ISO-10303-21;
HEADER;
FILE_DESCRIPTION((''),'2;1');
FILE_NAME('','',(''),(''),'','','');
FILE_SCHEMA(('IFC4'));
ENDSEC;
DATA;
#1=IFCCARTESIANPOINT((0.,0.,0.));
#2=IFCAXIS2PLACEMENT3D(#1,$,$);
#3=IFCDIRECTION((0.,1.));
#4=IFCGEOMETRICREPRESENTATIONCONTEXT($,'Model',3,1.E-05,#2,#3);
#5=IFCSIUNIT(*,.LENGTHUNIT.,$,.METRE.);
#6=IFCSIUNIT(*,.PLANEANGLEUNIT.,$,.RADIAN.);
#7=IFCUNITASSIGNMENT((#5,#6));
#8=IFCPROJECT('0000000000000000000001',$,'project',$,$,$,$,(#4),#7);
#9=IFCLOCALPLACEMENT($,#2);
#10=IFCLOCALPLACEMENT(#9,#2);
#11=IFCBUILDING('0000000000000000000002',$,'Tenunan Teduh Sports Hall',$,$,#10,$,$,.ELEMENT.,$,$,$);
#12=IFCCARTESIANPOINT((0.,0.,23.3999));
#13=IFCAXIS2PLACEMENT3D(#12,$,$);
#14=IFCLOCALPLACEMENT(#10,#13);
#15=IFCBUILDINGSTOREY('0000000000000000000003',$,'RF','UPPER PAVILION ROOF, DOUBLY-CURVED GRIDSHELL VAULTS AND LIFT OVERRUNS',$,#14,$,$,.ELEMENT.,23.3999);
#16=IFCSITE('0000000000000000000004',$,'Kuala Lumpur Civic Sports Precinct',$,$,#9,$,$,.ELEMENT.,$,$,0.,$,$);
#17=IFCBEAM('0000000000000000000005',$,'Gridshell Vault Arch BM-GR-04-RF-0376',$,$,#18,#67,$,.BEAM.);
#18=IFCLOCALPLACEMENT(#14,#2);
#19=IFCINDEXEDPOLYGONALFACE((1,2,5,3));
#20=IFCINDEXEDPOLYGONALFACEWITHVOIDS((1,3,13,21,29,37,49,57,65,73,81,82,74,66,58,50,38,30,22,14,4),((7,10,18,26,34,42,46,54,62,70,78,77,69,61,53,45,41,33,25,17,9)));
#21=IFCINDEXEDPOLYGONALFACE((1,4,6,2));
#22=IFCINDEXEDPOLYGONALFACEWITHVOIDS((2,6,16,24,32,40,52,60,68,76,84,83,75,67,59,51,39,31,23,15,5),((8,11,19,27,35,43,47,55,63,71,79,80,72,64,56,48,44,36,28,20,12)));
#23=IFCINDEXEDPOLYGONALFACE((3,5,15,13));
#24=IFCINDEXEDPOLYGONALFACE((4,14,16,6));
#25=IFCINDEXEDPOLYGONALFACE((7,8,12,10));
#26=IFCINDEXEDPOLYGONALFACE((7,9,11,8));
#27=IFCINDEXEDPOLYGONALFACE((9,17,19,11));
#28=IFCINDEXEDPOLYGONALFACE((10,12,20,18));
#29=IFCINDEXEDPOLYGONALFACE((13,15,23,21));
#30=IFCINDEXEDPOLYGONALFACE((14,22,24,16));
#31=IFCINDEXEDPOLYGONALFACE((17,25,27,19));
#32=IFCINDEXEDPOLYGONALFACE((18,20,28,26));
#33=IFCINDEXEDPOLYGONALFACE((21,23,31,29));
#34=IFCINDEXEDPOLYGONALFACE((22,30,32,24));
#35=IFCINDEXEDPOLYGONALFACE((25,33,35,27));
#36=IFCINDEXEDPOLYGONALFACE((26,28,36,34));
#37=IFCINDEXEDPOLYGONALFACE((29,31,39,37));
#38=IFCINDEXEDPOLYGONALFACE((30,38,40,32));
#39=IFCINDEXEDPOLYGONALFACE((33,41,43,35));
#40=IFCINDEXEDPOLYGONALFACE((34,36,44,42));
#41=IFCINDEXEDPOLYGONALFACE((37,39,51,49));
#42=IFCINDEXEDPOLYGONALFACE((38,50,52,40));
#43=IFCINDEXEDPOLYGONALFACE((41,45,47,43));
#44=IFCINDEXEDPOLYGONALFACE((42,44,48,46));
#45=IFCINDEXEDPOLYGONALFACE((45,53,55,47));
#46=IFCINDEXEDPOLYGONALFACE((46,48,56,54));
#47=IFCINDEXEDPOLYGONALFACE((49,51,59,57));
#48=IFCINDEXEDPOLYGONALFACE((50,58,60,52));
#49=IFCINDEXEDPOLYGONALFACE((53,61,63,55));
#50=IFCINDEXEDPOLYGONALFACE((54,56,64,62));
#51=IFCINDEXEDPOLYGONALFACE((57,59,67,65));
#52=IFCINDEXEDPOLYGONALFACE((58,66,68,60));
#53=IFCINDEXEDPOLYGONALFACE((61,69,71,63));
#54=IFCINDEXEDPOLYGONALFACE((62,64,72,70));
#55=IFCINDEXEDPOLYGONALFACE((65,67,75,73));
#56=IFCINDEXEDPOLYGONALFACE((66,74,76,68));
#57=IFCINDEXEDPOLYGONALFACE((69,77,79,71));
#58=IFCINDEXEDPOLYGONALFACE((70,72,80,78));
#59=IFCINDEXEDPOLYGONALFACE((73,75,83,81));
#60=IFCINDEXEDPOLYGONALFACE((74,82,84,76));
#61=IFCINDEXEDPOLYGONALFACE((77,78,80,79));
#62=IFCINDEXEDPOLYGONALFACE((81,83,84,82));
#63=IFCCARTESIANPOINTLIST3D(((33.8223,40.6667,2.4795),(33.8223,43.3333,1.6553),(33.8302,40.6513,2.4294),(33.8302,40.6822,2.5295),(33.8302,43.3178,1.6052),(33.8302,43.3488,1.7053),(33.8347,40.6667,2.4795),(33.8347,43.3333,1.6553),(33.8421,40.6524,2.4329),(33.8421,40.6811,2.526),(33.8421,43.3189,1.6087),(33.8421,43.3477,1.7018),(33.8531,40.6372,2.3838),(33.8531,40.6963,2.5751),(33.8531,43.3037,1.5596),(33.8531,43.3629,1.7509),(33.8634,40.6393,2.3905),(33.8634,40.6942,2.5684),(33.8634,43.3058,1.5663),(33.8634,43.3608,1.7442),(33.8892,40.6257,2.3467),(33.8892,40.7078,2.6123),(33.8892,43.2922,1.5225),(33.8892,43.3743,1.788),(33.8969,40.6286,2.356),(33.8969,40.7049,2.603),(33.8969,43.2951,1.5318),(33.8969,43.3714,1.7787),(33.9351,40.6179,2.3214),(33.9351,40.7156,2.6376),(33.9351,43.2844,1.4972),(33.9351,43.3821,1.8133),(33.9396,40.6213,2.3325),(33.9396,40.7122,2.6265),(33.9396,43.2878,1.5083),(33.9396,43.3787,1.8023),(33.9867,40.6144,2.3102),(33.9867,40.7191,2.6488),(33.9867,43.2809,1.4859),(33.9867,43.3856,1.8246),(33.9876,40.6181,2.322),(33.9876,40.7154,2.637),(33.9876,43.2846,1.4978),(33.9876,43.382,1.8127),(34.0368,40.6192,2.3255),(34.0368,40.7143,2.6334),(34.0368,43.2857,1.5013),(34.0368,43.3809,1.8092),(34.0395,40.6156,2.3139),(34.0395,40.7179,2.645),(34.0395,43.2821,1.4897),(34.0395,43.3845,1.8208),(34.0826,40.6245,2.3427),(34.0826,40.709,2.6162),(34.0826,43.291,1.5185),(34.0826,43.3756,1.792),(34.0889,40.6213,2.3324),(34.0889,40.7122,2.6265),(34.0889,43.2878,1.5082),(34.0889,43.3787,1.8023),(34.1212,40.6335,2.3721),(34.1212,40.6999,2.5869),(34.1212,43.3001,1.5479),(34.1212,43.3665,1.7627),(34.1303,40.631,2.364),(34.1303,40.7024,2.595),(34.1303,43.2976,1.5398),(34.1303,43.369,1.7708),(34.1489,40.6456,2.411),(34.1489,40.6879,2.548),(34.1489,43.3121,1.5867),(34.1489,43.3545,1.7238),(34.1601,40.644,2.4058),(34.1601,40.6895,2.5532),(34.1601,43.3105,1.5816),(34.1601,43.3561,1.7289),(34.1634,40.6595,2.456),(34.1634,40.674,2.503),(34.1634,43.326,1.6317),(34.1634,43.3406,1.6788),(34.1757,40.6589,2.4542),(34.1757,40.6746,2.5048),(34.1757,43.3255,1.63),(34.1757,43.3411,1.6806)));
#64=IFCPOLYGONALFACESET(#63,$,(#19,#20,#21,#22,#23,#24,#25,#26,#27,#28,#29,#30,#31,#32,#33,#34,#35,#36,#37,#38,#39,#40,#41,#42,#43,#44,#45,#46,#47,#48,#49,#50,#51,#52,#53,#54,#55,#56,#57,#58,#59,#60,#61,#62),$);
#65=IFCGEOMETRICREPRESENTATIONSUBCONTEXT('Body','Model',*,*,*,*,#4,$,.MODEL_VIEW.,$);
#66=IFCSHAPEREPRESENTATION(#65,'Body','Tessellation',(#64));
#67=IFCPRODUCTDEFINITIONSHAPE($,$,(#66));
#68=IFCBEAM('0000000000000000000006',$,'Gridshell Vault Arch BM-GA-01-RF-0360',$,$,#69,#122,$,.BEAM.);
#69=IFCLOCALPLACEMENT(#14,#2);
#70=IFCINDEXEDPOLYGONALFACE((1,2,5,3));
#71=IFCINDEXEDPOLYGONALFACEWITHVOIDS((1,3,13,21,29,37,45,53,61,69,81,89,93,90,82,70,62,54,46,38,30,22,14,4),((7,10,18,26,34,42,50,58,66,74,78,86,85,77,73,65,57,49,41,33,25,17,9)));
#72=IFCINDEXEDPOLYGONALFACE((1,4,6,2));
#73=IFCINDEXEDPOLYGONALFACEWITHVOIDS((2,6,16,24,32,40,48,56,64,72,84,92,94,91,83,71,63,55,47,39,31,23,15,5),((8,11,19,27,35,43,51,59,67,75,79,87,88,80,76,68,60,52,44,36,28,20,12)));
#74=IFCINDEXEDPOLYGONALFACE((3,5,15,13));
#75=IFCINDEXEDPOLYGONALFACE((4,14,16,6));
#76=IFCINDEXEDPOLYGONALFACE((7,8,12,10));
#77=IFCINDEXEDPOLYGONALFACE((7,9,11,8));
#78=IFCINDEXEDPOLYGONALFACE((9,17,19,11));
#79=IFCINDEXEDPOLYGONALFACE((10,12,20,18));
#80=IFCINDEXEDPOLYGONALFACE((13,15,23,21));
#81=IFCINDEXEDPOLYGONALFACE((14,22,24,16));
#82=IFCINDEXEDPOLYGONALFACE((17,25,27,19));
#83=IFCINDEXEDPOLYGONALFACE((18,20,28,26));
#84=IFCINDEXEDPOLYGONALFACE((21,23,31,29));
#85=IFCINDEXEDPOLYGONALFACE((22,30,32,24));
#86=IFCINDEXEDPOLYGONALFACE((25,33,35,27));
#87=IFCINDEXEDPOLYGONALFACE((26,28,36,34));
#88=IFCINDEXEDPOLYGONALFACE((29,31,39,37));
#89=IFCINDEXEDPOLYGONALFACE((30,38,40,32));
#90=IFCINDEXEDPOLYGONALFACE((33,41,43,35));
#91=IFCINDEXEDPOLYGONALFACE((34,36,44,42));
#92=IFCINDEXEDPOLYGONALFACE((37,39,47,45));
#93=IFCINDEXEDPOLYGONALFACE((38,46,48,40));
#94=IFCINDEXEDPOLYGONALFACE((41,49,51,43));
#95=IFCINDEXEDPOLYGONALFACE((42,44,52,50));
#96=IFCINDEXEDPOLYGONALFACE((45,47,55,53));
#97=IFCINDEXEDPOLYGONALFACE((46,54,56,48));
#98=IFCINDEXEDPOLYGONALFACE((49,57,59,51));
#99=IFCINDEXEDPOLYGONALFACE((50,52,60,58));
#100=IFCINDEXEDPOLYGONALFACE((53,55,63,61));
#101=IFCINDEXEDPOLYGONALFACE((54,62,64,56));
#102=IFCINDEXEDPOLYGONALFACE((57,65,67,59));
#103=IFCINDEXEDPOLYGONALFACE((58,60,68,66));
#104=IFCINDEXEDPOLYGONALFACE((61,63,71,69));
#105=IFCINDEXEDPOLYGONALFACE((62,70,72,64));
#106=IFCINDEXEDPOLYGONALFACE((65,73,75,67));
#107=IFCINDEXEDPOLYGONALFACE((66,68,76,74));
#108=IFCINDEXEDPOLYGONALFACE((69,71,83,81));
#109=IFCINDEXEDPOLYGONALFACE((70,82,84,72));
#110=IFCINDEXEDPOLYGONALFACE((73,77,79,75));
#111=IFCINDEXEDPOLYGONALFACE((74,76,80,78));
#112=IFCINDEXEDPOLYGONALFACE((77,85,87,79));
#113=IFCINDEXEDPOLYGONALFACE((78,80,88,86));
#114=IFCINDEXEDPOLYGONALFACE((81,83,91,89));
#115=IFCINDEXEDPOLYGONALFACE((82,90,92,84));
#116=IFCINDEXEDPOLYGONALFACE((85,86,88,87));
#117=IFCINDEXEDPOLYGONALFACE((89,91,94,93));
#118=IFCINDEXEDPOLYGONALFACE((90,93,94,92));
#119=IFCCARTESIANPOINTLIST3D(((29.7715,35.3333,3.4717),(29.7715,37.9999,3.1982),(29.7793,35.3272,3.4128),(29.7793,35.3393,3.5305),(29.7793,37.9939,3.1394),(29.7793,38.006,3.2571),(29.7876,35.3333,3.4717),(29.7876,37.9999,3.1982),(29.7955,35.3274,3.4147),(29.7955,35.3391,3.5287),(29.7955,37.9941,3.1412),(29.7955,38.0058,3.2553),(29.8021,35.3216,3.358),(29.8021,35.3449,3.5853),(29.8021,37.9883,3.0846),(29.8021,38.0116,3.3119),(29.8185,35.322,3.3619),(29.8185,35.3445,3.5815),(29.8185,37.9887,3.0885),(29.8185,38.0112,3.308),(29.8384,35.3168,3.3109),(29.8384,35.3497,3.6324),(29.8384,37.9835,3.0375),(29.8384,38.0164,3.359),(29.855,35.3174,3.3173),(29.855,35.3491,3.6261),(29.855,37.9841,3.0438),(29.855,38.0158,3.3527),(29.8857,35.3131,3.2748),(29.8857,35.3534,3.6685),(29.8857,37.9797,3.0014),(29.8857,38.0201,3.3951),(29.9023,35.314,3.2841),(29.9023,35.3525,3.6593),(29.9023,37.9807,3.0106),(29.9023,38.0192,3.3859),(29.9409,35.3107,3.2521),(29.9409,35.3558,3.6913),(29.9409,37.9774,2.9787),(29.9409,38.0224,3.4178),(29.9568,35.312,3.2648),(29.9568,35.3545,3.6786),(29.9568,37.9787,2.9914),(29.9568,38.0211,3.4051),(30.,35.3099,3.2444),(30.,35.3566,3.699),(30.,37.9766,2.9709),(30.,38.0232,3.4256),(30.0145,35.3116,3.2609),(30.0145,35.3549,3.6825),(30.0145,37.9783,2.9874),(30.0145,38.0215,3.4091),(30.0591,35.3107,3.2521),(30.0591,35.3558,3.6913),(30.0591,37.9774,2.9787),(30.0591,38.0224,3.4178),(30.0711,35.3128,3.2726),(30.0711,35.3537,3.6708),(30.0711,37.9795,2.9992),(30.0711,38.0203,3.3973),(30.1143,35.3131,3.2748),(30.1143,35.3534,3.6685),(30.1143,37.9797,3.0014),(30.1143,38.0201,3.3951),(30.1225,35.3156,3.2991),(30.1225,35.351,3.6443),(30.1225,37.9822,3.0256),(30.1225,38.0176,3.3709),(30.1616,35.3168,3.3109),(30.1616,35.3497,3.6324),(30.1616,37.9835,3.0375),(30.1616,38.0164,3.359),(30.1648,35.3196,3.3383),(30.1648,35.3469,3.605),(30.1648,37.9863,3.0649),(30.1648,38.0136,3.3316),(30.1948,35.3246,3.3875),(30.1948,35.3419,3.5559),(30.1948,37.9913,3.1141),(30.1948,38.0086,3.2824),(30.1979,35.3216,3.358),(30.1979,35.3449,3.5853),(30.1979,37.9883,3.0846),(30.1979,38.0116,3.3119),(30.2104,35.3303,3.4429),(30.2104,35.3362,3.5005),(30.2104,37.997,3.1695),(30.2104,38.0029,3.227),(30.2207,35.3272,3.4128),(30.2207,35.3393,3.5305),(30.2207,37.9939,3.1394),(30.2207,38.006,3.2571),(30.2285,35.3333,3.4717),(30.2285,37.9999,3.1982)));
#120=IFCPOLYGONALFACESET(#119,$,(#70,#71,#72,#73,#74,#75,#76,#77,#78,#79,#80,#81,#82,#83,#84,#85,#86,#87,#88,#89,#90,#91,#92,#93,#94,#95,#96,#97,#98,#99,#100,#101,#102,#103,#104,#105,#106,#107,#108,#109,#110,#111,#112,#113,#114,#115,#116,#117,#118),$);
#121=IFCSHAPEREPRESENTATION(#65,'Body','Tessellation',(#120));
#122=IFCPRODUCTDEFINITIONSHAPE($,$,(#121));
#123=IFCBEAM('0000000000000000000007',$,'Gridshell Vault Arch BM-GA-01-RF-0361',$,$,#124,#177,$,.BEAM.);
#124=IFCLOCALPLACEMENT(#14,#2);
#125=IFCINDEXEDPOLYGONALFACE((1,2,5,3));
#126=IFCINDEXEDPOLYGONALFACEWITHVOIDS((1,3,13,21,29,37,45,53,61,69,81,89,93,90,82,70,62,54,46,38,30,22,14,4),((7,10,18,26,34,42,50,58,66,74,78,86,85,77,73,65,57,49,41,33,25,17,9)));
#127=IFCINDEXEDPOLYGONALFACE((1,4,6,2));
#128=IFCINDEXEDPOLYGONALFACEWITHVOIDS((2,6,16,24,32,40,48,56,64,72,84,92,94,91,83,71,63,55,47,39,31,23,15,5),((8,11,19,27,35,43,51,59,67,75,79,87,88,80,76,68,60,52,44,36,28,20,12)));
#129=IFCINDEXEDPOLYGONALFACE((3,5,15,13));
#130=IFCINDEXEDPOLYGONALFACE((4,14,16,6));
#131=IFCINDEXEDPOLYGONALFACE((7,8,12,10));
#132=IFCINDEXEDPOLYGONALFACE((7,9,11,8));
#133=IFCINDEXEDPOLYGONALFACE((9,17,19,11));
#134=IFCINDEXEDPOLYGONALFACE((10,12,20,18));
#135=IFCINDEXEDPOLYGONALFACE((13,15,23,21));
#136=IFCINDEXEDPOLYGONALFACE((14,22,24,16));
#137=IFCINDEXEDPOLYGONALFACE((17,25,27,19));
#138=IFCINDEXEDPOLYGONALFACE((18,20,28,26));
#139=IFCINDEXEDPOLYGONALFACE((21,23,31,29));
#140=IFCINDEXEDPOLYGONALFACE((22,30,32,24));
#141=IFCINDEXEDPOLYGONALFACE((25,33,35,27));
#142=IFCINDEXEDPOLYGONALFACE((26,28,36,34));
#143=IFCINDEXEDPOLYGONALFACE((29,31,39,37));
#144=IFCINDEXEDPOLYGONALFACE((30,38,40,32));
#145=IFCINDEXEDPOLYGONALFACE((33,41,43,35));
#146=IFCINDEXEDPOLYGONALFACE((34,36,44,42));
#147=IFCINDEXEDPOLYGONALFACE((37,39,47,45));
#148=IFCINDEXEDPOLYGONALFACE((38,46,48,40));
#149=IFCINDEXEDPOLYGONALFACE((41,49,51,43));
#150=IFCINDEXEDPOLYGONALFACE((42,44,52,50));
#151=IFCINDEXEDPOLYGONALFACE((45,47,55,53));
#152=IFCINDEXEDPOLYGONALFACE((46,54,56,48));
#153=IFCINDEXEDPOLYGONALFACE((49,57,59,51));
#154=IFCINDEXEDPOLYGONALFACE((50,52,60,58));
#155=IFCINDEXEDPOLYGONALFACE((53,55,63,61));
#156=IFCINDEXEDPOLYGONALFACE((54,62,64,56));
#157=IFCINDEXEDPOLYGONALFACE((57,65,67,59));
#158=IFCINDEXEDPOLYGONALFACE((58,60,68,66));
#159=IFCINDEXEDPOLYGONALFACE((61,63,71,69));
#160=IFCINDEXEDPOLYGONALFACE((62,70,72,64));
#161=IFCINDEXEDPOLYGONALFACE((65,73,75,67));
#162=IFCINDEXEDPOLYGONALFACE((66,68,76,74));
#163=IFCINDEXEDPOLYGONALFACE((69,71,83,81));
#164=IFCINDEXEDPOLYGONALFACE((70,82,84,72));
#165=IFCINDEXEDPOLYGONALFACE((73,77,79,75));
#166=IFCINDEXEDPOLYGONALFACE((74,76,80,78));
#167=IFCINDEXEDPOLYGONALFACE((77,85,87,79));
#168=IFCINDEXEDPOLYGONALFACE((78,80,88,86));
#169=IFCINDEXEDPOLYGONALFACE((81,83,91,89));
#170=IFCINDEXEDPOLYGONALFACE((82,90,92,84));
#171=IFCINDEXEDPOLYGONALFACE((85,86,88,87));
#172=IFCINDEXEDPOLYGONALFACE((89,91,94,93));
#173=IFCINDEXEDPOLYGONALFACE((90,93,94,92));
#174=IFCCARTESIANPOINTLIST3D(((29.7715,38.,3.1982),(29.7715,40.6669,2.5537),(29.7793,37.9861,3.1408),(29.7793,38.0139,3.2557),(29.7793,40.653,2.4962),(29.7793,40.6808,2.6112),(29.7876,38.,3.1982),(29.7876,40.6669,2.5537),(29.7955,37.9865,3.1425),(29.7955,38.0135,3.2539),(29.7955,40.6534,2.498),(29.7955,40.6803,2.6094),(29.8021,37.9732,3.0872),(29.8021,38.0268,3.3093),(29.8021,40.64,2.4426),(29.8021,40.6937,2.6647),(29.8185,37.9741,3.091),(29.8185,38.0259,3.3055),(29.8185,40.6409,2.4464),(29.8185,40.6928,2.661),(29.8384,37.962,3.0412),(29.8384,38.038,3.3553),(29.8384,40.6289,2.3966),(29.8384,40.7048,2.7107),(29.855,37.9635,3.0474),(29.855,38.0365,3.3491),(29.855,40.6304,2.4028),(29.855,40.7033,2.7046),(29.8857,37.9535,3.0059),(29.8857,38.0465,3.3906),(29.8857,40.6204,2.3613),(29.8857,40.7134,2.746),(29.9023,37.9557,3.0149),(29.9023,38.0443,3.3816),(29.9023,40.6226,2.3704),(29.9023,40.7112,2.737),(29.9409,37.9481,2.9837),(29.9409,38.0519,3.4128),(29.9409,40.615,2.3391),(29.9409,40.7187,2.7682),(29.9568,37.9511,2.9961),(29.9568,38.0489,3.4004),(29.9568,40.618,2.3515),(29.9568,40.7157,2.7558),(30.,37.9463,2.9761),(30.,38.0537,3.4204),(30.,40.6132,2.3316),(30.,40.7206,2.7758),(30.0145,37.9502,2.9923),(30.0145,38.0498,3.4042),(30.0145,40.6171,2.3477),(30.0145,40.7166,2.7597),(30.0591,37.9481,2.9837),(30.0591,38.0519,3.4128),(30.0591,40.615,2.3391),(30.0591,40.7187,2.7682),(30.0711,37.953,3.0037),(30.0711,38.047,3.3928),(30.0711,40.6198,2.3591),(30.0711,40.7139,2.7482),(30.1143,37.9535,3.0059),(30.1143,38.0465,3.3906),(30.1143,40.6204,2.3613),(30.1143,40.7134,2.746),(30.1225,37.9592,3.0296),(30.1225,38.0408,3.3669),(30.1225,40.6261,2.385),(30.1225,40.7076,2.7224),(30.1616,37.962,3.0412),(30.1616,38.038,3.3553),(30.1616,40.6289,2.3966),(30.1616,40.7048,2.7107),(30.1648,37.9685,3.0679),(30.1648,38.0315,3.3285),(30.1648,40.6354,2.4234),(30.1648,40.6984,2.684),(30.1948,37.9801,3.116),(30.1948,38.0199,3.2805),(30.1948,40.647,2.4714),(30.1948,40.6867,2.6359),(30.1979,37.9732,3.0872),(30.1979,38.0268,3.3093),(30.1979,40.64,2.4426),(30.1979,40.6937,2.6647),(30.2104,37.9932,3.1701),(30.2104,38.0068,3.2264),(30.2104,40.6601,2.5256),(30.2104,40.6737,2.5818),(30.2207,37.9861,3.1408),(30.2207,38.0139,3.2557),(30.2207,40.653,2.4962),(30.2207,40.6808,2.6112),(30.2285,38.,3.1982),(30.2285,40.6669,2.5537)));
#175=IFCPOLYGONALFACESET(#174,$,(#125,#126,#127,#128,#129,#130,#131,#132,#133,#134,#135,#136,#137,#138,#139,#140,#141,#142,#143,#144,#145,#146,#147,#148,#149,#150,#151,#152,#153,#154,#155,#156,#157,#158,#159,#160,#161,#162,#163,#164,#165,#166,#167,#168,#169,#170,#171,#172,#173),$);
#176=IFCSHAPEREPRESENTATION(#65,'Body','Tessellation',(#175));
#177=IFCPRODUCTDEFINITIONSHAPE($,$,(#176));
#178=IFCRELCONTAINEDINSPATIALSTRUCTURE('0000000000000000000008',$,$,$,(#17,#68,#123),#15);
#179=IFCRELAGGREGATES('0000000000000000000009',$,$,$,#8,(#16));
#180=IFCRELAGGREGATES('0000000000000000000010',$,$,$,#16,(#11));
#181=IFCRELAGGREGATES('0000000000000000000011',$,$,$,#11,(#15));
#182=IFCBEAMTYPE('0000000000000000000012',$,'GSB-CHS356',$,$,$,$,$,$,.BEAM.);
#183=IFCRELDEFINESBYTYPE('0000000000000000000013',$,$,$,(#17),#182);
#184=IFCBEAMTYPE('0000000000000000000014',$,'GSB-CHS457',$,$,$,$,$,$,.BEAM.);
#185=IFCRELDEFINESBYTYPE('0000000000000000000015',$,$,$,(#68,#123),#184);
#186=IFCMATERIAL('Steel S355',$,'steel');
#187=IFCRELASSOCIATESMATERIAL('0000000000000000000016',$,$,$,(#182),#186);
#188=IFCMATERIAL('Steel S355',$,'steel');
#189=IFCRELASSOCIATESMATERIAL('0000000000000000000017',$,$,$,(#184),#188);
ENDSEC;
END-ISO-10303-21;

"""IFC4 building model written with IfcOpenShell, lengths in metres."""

from ifc_helpers import new_model, si_unit, direction, frame, origin, origin_2d, place, context, subcontext, project, spatial, hollow_circle, extrude, material, material_profile, profile_set, type_object, element, save


model = new_model("IFC4")

# Units and contexts
model_context = context("Model", 3, precision=1e-05, world=origin(), true_north=direction((0.0, 1.0)))
body_context = subcontext(model_context, "Body", "Model", "MODEL_VIEW")
ifc_project = project(units=[si_unit("LENGTHUNIT", "METRE"), si_unit("PLANEANGLEUNIT", "RADIAN")], contexts=[model_context])

# Site, building, storey
site_placement = place(None, origin())
site = spatial("IfcSite", under=ifc_project, at=site_placement, Name="Kuala Lumpur Civic Sports Precinct", CompositionType="ELEMENT", RefElevation=0.0)
building_placement = place(site_placement, origin())
building = spatial("IfcBuilding", under=site, at=building_placement, Name="Tenunan Teduh Sports Hall", CompositionType="ELEMENT")
storey_placement = place(building_placement, frame((0.0, 0.0, 23.3999)))
storey = spatial("IfcBuildingStorey", under=building, at=storey_placement, Name="RF", Description="UPPER PAVILION ROOF, DOUBLY-CURVED GRIDSHELL VAULTS AND LIFT OVERRUNS", CompositionType="ELEMENT", Elevation=23.3999)

# Beams
ifc_material_1 = material(Name="Steel S355", Category="steel")
ifc_material_profile_1 = material_profile(ifc_material_1, hollow_circle(Radius=0.1777, WallThickness=0.0125, at=origin_2d()), Name="CHS 355.6x12.5")
ifc_profile_set_1 = profile_set([ifc_material_profile_1], Name="Steel S355")
beam_type_1 = type_object("IfcBeamType", Name="GSB-CHS356", PredefinedType="BEAM", material=ifc_profile_set_1)
beam_1_placement = place(storey_placement, frame((34.0, 40.6667, 2.4795), z_axis=(0.0, 0.9554, -0.295315), x_axis=(-1.0, 0.0, 0.0)))
element("IfcBeam", 1, at=beam_1_placement, inside=storey, type_object=beam_type_1, Name="Gridshell Vault Arch BM-GR-04-RF-0376", PredefinedType="BEAM", context=body_context, shape_type="SweptSolid", body=[
    extrude(hollow_circle(Radius=0.1777, WallThickness=0.0125, at=origin_2d()), origin(), (0.0, 0.0, 1.0), 2.791),
])
ifc_material_2 = material(Name="Steel S355", Category="steel")
ifc_material_profile_2 = material_profile(ifc_material_2, hollow_circle(Radius=0.2285, WallThickness=0.0161, at=origin_2d()), Name="CHS 457.0x16.0")
ifc_profile_set_2 = profile_set([ifc_material_profile_2], Name="Steel S355")
beam_type_2 = type_object("IfcBeamType", Name="GSB-CHS457", PredefinedType="BEAM", material=ifc_profile_set_2)
beam_2_placement = place(storey_placement, frame((30.0, 35.3333, 3.4717), z_axis=(0.0, 0.994784, -0.102001), x_axis=(-1.0, 0.0, 0.0)))
element("IfcBeam", 2, at=beam_2_placement, inside=storey, type_object=beam_type_2, Name="Gridshell Vault Arch BM-GA-01-RF-0360", PredefinedType="BEAM", context=body_context, shape_type="SweptSolid", body=[
    extrude(hollow_circle(Radius=0.2285, WallThickness=0.0161, at=origin_2d()), origin(), (0.0, 0.0, 1.0), 2.6807),
])
beam_3_placement = place(storey_placement, frame((30.0, 38.0, 3.1982), z_axis=(0.0, 0.972013, -0.234928), x_axis=(-1.0, 0.0, 0.0)))
element("IfcBeam", 3, at=beam_3_placement, inside=storey, type_object=beam_type_2, Name="Gridshell Vault Arch BM-GA-01-RF-0361", PredefinedType="BEAM", context=body_context, shape_type="SweptSolid", body=[
    extrude(hollow_circle(Radius=0.2285, WallThickness=0.0161, at=origin_2d()), origin(), (0.0, 0.0, 1.0), 2.7437),
])

save(model, "model.ifc")
